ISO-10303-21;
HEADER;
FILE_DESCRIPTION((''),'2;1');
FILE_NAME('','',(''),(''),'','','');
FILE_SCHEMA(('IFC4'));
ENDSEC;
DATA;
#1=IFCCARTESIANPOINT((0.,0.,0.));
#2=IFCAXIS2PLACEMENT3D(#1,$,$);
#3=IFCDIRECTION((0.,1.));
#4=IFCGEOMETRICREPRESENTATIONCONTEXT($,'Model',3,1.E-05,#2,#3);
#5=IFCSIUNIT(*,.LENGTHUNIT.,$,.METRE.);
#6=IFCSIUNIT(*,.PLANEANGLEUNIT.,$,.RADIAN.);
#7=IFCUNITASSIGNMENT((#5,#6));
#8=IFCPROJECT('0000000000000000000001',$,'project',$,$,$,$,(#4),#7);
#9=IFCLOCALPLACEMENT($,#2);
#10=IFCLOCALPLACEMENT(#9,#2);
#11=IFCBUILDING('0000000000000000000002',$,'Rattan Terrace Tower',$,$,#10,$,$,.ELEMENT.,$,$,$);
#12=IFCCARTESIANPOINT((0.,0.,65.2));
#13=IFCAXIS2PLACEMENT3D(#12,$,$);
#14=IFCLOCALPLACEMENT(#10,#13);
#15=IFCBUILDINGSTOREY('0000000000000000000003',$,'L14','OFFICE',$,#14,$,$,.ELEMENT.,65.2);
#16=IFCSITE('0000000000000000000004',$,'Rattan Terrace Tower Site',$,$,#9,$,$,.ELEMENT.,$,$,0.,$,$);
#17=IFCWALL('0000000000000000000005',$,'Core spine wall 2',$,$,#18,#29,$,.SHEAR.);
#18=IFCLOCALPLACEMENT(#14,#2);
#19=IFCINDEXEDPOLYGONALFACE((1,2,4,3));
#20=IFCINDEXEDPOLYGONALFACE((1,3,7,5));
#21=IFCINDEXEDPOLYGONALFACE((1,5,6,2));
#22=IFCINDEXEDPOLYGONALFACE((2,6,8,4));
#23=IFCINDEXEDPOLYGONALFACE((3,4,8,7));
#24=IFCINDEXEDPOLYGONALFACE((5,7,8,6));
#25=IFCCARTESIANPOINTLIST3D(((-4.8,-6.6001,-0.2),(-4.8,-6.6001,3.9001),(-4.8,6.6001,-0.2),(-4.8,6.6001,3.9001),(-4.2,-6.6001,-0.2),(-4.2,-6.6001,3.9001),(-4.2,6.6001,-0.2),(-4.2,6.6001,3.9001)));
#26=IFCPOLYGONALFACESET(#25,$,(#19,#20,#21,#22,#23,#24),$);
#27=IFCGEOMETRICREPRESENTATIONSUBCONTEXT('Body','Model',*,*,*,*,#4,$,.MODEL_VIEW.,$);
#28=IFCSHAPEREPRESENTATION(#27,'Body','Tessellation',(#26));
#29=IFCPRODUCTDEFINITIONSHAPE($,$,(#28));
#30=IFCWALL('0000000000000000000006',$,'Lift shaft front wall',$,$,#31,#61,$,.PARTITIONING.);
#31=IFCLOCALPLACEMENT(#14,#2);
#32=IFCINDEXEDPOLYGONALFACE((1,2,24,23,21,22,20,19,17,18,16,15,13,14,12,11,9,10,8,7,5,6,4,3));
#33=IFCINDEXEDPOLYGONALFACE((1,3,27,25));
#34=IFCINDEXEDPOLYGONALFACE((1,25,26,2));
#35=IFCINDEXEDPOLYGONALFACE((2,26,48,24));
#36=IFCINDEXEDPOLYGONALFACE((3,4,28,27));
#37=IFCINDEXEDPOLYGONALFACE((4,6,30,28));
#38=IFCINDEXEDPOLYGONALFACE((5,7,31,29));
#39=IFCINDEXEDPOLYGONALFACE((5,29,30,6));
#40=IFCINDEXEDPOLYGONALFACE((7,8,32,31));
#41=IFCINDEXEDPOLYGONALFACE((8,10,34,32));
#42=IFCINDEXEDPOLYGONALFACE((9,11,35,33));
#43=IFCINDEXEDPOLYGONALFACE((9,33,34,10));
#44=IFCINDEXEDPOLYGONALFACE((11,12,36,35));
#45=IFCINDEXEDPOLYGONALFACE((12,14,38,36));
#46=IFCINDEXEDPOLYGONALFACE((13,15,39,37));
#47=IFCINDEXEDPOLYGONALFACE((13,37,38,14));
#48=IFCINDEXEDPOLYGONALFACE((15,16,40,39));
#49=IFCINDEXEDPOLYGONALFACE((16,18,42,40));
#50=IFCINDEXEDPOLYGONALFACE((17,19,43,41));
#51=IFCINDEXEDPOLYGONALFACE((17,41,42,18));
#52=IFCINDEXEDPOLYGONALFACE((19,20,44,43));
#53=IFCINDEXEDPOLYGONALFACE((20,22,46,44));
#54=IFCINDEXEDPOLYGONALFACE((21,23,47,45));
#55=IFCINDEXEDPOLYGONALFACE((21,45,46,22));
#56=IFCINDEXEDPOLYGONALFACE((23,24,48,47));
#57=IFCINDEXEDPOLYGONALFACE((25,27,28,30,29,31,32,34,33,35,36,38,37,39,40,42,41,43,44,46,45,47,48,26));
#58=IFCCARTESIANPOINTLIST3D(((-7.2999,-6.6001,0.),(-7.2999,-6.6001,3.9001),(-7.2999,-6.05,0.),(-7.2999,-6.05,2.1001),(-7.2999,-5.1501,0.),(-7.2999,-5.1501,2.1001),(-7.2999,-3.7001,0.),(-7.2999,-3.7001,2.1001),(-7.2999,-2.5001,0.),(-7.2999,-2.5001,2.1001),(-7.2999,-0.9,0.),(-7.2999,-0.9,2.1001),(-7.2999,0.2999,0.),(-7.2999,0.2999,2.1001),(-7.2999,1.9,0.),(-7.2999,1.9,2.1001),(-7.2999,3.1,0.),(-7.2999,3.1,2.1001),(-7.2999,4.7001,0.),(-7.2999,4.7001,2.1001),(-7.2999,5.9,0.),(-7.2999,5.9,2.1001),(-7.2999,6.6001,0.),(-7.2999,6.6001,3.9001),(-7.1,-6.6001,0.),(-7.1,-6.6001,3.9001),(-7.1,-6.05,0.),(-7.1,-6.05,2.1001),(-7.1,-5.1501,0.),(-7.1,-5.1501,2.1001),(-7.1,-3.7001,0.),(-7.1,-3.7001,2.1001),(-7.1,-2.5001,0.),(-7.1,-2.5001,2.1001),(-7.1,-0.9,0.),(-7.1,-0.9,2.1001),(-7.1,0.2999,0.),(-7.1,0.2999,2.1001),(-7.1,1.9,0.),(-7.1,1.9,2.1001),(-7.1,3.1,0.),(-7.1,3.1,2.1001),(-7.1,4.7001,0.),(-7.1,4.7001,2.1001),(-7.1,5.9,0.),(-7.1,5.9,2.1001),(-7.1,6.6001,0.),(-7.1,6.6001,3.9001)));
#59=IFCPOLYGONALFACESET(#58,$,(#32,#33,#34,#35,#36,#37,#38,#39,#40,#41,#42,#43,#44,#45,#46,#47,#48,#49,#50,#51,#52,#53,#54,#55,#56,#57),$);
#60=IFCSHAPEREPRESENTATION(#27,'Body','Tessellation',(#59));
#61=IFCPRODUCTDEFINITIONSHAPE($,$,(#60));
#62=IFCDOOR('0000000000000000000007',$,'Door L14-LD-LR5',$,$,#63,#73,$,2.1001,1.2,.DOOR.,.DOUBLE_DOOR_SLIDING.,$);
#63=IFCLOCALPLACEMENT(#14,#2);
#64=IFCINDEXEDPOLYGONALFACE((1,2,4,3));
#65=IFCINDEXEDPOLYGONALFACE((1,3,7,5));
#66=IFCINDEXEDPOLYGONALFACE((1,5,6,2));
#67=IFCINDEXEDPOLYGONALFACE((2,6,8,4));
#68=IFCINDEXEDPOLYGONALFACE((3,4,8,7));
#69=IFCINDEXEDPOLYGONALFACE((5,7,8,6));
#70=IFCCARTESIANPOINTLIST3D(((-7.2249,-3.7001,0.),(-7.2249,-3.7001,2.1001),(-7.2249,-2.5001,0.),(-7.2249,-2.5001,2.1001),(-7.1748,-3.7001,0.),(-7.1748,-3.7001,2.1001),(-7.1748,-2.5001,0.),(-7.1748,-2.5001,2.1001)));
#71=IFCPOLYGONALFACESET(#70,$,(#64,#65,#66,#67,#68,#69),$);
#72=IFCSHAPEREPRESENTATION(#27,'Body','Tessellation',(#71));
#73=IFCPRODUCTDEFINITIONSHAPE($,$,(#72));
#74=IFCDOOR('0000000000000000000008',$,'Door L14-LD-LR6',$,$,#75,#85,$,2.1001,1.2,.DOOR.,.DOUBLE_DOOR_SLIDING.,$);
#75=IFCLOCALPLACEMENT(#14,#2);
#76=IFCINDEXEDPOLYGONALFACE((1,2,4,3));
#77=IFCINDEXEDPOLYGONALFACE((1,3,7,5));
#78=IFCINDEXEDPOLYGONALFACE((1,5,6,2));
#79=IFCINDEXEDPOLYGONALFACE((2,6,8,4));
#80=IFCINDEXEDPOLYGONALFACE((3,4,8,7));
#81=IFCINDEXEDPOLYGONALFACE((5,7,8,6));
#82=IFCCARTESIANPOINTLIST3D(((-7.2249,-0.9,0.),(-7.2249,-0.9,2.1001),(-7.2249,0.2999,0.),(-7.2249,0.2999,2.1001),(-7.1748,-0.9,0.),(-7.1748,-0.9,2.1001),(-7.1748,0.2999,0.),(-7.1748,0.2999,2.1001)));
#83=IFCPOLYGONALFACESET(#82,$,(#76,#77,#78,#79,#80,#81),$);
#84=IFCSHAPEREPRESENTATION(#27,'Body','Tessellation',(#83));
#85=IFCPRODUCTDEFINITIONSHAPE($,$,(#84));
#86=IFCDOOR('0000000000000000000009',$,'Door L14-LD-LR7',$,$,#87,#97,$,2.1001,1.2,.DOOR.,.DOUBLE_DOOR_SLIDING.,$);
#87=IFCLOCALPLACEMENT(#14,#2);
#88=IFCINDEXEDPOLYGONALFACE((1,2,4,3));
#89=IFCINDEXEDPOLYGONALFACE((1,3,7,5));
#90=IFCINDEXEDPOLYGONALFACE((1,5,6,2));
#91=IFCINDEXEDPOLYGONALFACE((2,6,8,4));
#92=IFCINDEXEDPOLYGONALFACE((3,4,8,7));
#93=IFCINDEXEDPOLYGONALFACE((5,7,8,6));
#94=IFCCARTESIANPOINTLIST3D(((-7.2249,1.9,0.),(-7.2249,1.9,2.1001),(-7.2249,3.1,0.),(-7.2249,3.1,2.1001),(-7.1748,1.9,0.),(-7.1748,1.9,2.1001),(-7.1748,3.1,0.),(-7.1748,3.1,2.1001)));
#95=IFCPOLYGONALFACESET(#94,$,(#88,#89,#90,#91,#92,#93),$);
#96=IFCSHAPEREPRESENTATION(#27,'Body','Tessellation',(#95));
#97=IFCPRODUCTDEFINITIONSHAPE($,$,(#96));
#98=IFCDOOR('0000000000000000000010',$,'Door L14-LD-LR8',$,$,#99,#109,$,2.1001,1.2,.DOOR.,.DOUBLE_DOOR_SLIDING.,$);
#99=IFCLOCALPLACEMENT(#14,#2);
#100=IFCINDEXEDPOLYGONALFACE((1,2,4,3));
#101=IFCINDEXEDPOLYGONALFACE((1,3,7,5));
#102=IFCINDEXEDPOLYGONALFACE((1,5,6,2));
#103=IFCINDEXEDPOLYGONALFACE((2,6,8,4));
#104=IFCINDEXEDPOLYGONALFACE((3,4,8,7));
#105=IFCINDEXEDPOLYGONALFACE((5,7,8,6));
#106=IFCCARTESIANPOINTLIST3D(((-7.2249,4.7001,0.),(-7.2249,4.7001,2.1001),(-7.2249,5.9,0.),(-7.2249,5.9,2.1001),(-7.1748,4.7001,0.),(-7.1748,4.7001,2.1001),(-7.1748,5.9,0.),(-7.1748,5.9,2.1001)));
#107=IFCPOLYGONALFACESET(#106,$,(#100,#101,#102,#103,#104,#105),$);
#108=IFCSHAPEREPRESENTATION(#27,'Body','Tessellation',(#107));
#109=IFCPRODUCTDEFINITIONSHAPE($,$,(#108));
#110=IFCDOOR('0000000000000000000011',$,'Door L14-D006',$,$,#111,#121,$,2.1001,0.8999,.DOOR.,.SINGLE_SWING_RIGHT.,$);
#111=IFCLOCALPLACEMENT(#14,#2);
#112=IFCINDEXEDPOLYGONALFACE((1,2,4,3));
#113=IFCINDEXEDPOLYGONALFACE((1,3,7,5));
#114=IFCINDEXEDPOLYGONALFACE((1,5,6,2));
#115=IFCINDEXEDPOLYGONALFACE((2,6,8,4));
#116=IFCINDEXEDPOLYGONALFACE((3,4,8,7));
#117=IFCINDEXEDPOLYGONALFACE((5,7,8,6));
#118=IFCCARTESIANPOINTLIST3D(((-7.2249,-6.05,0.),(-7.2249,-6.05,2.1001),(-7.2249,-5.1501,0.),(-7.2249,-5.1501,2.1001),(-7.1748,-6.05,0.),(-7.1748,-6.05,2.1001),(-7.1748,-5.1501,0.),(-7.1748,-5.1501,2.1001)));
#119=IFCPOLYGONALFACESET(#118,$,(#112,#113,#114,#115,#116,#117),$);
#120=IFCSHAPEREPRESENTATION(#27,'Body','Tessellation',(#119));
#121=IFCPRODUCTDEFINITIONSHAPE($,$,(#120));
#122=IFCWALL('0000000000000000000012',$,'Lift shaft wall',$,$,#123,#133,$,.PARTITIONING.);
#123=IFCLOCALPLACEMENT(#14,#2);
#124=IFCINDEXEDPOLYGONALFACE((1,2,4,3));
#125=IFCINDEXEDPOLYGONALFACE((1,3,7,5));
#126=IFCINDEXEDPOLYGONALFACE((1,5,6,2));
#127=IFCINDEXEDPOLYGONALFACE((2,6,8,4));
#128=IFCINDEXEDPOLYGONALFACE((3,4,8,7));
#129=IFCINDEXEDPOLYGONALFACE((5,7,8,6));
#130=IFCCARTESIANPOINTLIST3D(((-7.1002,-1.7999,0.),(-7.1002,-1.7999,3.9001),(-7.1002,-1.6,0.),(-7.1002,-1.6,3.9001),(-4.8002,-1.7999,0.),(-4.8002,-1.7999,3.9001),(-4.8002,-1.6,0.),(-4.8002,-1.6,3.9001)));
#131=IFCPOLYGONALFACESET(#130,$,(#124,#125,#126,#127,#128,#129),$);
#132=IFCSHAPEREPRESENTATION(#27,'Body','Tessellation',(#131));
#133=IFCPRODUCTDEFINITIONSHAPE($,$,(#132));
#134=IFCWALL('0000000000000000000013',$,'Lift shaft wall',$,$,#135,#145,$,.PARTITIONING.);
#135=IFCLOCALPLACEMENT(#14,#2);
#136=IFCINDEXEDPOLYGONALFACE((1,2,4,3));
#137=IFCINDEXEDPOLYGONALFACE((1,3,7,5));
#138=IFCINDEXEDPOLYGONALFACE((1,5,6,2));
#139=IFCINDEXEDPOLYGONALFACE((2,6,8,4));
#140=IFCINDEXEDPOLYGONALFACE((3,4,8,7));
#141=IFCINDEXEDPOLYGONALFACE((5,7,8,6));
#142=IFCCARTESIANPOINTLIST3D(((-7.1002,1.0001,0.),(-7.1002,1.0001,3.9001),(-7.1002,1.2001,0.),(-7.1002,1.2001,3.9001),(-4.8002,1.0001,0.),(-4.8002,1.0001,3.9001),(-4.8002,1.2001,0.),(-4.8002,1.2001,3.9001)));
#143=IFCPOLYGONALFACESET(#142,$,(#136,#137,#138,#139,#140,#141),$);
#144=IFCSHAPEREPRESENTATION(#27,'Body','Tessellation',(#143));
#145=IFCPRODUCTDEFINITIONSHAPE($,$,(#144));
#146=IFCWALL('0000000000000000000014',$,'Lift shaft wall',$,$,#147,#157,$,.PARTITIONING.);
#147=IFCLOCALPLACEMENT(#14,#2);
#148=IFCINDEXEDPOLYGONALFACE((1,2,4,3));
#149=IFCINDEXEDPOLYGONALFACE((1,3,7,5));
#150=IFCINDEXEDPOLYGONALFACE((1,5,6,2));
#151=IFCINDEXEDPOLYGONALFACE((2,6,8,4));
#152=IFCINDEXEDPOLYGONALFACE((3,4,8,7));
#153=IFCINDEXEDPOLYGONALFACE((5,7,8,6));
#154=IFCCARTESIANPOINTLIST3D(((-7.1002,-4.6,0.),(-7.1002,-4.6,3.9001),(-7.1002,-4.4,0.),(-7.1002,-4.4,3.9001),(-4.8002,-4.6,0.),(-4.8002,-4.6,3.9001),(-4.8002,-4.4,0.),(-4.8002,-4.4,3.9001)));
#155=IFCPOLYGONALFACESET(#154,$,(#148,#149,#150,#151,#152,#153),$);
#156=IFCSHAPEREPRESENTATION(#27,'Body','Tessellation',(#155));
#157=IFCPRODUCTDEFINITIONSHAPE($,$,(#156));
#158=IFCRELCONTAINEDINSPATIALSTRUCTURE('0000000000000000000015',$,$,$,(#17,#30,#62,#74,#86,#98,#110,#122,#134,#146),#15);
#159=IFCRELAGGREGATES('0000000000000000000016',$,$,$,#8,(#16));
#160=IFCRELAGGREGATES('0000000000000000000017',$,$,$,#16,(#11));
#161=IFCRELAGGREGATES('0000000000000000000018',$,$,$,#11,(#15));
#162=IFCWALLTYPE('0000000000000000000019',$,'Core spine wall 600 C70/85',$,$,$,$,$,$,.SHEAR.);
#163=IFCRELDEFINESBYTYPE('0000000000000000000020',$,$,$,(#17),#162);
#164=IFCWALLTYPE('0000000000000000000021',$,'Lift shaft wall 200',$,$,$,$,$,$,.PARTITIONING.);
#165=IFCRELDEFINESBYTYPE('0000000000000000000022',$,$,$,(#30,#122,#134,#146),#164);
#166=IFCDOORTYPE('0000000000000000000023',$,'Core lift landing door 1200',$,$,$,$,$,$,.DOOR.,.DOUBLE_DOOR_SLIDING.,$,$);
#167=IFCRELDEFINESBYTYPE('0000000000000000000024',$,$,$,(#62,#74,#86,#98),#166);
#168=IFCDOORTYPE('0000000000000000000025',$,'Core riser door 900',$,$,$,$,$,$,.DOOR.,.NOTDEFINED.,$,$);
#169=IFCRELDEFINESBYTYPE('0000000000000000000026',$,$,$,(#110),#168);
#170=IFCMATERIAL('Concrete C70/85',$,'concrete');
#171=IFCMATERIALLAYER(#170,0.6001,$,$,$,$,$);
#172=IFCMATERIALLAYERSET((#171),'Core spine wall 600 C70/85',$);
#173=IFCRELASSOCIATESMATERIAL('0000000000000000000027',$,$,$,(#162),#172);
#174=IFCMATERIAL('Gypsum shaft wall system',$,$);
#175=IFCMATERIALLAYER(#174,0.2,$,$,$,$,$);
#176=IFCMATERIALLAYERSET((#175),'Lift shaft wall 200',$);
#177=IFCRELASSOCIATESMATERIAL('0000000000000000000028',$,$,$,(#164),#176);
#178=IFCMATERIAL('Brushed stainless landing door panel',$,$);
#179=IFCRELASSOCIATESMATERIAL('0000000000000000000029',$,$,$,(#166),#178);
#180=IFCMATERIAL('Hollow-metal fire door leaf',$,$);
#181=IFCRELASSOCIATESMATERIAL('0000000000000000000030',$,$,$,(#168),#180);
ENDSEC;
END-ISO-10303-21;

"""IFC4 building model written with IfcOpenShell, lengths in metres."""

from ifc_helpers import new_model, si_unit, direction, frame, frame_2d, origin, place, context, subcontext, project, spatial, rectangle, extrude, material, layer, layer_set, type_object, element, fill, save


model = new_model("IFC4")

# Units and contexts
model_context = context("Model", 3, precision=1e-05, world=origin(), true_north=direction((0.0, 1.0)))
body_context = subcontext(model_context, "Body", "Model", "MODEL_VIEW")
ifc_project = project(units=[si_unit("LENGTHUNIT", "METRE"), si_unit("PLANEANGLEUNIT", "RADIAN")], contexts=[model_context])

# Site, building, storey
site_placement = place(None, origin())
site = spatial("IfcSite", under=ifc_project, at=site_placement, Name="Rattan Terrace Tower Site", CompositionType="ELEMENT", RefElevation=0.0)
building_placement = place(site_placement, origin())
building = spatial("IfcBuilding", under=site, at=building_placement, Name="Rattan Terrace Tower", CompositionType="ELEMENT")
storey_placement = place(building_placement, frame((0.0, 0.0, 65.2)))
storey = spatial("IfcBuildingStorey", under=building, at=storey_placement, Name="L14", Description="OFFICE", CompositionType="ELEMENT", Elevation=65.2)

# Wall
ifc_material_1 = material(Name="Concrete C70/85", Category="concrete")
ifc_layer_1 = layer(ifc_material_1, 0.6001)
ifc_layer_set_1 = layer_set([ifc_layer_1], Name="Core spine wall 600 C70/85")
wall_type_1 = type_object("IfcWallType", Name="Core spine wall 600 C70/85", PredefinedType="SHEAR", material=ifc_layer_set_1)
wall_1_placement = place(storey_placement, frame((-4.5, -6.6001, -0.2), z_axis=(0.0, 0.0, 1.0), x_axis=(0.0, 1.0, 0.0)))
element("IfcWall", 1, at=wall_1_placement, inside=storey, type_object=wall_type_1, Name="Core spine wall 2", PredefinedType="SHEAR", context=body_context, shape_type="SweptSolid", body=[
    extrude(rectangle(XDim=13.2002, YDim=0.6001, at=frame_2d((6.6001, 0.0))), origin(), (0.0, 0.0, 1.0), 4.1001),
])

# Wall, openings, doors
ifc_material_2 = material(Name="Gypsum shaft wall system")
ifc_layer_2 = layer(ifc_material_2, 0.2)
ifc_layer_set_2 = layer_set([ifc_layer_2], Name="Lift shaft wall 200")
wall_type_2 = type_object("IfcWallType", Name="Lift shaft wall 200", PredefinedType="PARTITIONING", material=ifc_layer_set_2)
wall_2_placement = place(storey_placement, frame((-7.2, -6.6001, 0.0), z_axis=(0.0, 0.0, 1.0), x_axis=(0.0, 1.0, 0.0)))
wall_2 = element("IfcWall", 2, at=wall_2_placement, inside=storey, type_object=wall_type_2, Name="Lift shaft front wall", PredefinedType="PARTITIONING", context=body_context, shape_type="SweptSolid", body=[
    extrude(rectangle(XDim=13.2002, YDim=0.2, at=frame_2d((6.6001, 0.0))), origin(), (0.0, 0.0, 1.0), 3.9001),
])
opening_1_placement = place(wall_2_placement, frame((0.55, 0.0, 0.0)))
opening_1 = element("IfcOpeningElement", 3, at=opening_1_placement, cuts=wall_2, PredefinedType="OPENING", context=body_context, shape_type="SweptSolid", body=[
    extrude(rectangle(XDim=0.8999, YDim=2.1001, at=frame_2d((0.45, 1.05))), frame((0.0, 0.1106, 0.0), z_axis=(0.0, -1.0, 0.0), x_axis=(1.0, 0.0, 0.0)), (0.0, 0.0, 1.0), 0.2209),
])
opening_2_placement = place(wall_2_placement, frame((2.8999, 0.0, 0.0)))
opening_2 = element("IfcOpeningElement", 4, at=opening_2_placement, cuts=wall_2, PredefinedType="OPENING", context=body_context, shape_type="SweptSolid", body=[
    extrude(rectangle(XDim=1.2, YDim=2.1001, at=frame_2d((0.6001, 1.05))), frame((0.0, 0.1106, 0.0), z_axis=(0.0, -1.0, 0.0), x_axis=(1.0, 0.0, 0.0)), (0.0, 0.0, 1.0), 0.2209),
])
opening_3_placement = place(wall_2_placement, frame((5.7, 0.0, 0.0)))
opening_3 = element("IfcOpeningElement", 5, at=opening_3_placement, cuts=wall_2, PredefinedType="OPENING", context=body_context, shape_type="SweptSolid", body=[
    extrude(rectangle(XDim=1.2, YDim=2.1001, at=frame_2d((0.6001, 1.05))), frame((0.0, 0.1106, 0.0), z_axis=(0.0, -1.0, 0.0), x_axis=(1.0, 0.0, 0.0)), (0.0, 0.0, 1.0), 0.2209),
])
opening_4_placement = place(wall_2_placement, frame((8.5, 0.0, 0.0)))
opening_4 = element("IfcOpeningElement", 6, at=opening_4_placement, cuts=wall_2, PredefinedType="OPENING", context=body_context, shape_type="SweptSolid", body=[
    extrude(rectangle(XDim=1.2, YDim=2.1001, at=frame_2d((0.6001, 1.05))), frame((0.0, 0.1106, 0.0), z_axis=(0.0, -1.0, 0.0), x_axis=(1.0, 0.0, 0.0)), (0.0, 0.0, 1.0), 0.2209),
])
opening_5_placement = place(wall_2_placement, frame((11.3, 0.0, 0.0)))
opening_5 = element("IfcOpeningElement", 7, at=opening_5_placement, cuts=wall_2, PredefinedType="OPENING", context=body_context, shape_type="SweptSolid", body=[
    extrude(rectangle(XDim=1.2, YDim=2.1001, at=frame_2d((0.6001, 1.05))), frame((0.0, 0.1106, 0.0), z_axis=(0.0, -1.0, 0.0), x_axis=(1.0, 0.0, 0.0)), (0.0, 0.0, 1.0), 0.2209),
])
ifc_material_3 = material(Name="Brushed stainless landing door panel")
door_type_1 = type_object("IfcDoorType", Name="Core lift landing door 1200", OperationType="DOUBLE_DOOR_SLIDING", PredefinedType="DOOR", material=ifc_material_3)
door_1_placement = place(opening_2_placement, origin())
door_1 = element("IfcDoor", 8, at=door_1_placement, inside=storey, type_object=door_type_1, Name="Door L14-LD-LR5", OperationType="DOUBLE_DOOR_SLIDING", OverallHeight=2.1001, OverallWidth=1.2, PredefinedType="DOOR", context=body_context, shape_type="SweptSolid", body=[
    extrude(rectangle(XDim=1.2, YDim=2.1001, at=frame_2d((0.6001, 1.05))), frame((0.0, 0.0249, 0.0), z_axis=(0.0, -1.0, 0.0), x_axis=(1.0, 0.0, 0.0)), (0.0, 0.0, 1.0), 0.05),
])
fill(opening_2, door_1)
door_2_placement = place(opening_3_placement, origin())
door_2 = element("IfcDoor", 9, at=door_2_placement, inside=storey, type_object=door_type_1, Name="Door L14-LD-LR6", OperationType="DOUBLE_DOOR_SLIDING", OverallHeight=2.1001, OverallWidth=1.2, PredefinedType="DOOR", context=body_context, shape_type="SweptSolid", body=[
    extrude(rectangle(XDim=1.2, YDim=2.1001, at=frame_2d((0.6001, 1.05))), frame((0.0, 0.0249, 0.0), z_axis=(0.0, -1.0, 0.0), x_axis=(1.0, 0.0, 0.0)), (0.0, 0.0, 1.0), 0.05),
])
fill(opening_3, door_2)
door_3_placement = place(opening_4_placement, origin())
door_3 = element("IfcDoor", 10, at=door_3_placement, inside=storey, type_object=door_type_1, Name="Door L14-LD-LR7", OperationType="DOUBLE_DOOR_SLIDING", OverallHeight=2.1001, OverallWidth=1.2, PredefinedType="DOOR", context=body_context, shape_type="SweptSolid", body=[
    extrude(rectangle(XDim=1.2, YDim=2.1001, at=frame_2d((0.6001, 1.05))), frame((0.0, 0.0249, 0.0), z_axis=(0.0, -1.0, 0.0), x_axis=(1.0, 0.0, 0.0)), (0.0, 0.0, 1.0), 0.05),
])
fill(opening_4, door_3)
door_4_placement = place(opening_5_placement, origin())
door_4 = element("IfcDoor", 11, at=door_4_placement, inside=storey, type_object=door_type_1, Name="Door L14-LD-LR8", OperationType="DOUBLE_DOOR_SLIDING", OverallHeight=2.1001, OverallWidth=1.2, PredefinedType="DOOR", context=body_context, shape_type="SweptSolid", body=[
    extrude(rectangle(XDim=1.2, YDim=2.1001, at=frame_2d((0.6001, 1.05))), frame((0.0, 0.0249, 0.0), z_axis=(0.0, -1.0, 0.0), x_axis=(1.0, 0.0, 0.0)), (0.0, 0.0, 1.0), 0.05),
])
fill(opening_5, door_4)
ifc_material_4 = material(Name="Hollow-metal fire door leaf")
door_type_2 = type_object("IfcDoorType", Name="Core riser door 900", OperationType="NOTDEFINED", PredefinedType="DOOR", material=ifc_material_4)
door_5_placement = place(opening_1_placement, origin())
door_5 = element("IfcDoor", 12, at=door_5_placement, inside=storey, type_object=door_type_2, Name="Door L14-D006", OperationType="SINGLE_SWING_RIGHT", OverallHeight=2.1001, OverallWidth=0.8999, PredefinedType="DOOR", context=body_context, shape_type="SweptSolid", body=[
    extrude(rectangle(XDim=0.8999, YDim=2.1001, at=frame_2d((0.45, 1.05))), frame((0.0, 0.0249, 0.0), z_axis=(0.0, -1.0, 0.0), x_axis=(1.0, 0.0, 0.0)), (0.0, 0.0, 1.0), 0.05),
])
fill(opening_1, door_5)

# Walls
for number, where, z_axis, x_axis, name in (
    (13, (-7.1001, -1.7, 0.0), (0.0, 0.0, 1.0), (1.0, 0.0, 0.0), "Lift shaft wall"),
    (14, (-7.1001, 1.1001, 0.0), (0.0, 0.0, 1.0), (1.0, 0.0, 0.0), "Lift shaft wall"),
    (15, (-7.1001, -4.5, 0.0), (0.0, 0.0, 1.0), (1.0, 0.0, 0.0), "Lift shaft wall"),
):
    element("IfcWall", number, at=place(storey_placement, frame(where, z_axis=z_axis, x_axis=x_axis)), inside=storey, type_object=wall_type_2, Name=name, PredefinedType="PARTITIONING", context=body_context, shape_type="SweptSolid", body=[
        extrude(rectangle(XDim=2.3, YDim=0.2, at=frame_2d((1.1499, 0.0))), origin(), (0.0, 0.0, 1.0), 3.9001),
    ])

save(model, "model.ifc")
